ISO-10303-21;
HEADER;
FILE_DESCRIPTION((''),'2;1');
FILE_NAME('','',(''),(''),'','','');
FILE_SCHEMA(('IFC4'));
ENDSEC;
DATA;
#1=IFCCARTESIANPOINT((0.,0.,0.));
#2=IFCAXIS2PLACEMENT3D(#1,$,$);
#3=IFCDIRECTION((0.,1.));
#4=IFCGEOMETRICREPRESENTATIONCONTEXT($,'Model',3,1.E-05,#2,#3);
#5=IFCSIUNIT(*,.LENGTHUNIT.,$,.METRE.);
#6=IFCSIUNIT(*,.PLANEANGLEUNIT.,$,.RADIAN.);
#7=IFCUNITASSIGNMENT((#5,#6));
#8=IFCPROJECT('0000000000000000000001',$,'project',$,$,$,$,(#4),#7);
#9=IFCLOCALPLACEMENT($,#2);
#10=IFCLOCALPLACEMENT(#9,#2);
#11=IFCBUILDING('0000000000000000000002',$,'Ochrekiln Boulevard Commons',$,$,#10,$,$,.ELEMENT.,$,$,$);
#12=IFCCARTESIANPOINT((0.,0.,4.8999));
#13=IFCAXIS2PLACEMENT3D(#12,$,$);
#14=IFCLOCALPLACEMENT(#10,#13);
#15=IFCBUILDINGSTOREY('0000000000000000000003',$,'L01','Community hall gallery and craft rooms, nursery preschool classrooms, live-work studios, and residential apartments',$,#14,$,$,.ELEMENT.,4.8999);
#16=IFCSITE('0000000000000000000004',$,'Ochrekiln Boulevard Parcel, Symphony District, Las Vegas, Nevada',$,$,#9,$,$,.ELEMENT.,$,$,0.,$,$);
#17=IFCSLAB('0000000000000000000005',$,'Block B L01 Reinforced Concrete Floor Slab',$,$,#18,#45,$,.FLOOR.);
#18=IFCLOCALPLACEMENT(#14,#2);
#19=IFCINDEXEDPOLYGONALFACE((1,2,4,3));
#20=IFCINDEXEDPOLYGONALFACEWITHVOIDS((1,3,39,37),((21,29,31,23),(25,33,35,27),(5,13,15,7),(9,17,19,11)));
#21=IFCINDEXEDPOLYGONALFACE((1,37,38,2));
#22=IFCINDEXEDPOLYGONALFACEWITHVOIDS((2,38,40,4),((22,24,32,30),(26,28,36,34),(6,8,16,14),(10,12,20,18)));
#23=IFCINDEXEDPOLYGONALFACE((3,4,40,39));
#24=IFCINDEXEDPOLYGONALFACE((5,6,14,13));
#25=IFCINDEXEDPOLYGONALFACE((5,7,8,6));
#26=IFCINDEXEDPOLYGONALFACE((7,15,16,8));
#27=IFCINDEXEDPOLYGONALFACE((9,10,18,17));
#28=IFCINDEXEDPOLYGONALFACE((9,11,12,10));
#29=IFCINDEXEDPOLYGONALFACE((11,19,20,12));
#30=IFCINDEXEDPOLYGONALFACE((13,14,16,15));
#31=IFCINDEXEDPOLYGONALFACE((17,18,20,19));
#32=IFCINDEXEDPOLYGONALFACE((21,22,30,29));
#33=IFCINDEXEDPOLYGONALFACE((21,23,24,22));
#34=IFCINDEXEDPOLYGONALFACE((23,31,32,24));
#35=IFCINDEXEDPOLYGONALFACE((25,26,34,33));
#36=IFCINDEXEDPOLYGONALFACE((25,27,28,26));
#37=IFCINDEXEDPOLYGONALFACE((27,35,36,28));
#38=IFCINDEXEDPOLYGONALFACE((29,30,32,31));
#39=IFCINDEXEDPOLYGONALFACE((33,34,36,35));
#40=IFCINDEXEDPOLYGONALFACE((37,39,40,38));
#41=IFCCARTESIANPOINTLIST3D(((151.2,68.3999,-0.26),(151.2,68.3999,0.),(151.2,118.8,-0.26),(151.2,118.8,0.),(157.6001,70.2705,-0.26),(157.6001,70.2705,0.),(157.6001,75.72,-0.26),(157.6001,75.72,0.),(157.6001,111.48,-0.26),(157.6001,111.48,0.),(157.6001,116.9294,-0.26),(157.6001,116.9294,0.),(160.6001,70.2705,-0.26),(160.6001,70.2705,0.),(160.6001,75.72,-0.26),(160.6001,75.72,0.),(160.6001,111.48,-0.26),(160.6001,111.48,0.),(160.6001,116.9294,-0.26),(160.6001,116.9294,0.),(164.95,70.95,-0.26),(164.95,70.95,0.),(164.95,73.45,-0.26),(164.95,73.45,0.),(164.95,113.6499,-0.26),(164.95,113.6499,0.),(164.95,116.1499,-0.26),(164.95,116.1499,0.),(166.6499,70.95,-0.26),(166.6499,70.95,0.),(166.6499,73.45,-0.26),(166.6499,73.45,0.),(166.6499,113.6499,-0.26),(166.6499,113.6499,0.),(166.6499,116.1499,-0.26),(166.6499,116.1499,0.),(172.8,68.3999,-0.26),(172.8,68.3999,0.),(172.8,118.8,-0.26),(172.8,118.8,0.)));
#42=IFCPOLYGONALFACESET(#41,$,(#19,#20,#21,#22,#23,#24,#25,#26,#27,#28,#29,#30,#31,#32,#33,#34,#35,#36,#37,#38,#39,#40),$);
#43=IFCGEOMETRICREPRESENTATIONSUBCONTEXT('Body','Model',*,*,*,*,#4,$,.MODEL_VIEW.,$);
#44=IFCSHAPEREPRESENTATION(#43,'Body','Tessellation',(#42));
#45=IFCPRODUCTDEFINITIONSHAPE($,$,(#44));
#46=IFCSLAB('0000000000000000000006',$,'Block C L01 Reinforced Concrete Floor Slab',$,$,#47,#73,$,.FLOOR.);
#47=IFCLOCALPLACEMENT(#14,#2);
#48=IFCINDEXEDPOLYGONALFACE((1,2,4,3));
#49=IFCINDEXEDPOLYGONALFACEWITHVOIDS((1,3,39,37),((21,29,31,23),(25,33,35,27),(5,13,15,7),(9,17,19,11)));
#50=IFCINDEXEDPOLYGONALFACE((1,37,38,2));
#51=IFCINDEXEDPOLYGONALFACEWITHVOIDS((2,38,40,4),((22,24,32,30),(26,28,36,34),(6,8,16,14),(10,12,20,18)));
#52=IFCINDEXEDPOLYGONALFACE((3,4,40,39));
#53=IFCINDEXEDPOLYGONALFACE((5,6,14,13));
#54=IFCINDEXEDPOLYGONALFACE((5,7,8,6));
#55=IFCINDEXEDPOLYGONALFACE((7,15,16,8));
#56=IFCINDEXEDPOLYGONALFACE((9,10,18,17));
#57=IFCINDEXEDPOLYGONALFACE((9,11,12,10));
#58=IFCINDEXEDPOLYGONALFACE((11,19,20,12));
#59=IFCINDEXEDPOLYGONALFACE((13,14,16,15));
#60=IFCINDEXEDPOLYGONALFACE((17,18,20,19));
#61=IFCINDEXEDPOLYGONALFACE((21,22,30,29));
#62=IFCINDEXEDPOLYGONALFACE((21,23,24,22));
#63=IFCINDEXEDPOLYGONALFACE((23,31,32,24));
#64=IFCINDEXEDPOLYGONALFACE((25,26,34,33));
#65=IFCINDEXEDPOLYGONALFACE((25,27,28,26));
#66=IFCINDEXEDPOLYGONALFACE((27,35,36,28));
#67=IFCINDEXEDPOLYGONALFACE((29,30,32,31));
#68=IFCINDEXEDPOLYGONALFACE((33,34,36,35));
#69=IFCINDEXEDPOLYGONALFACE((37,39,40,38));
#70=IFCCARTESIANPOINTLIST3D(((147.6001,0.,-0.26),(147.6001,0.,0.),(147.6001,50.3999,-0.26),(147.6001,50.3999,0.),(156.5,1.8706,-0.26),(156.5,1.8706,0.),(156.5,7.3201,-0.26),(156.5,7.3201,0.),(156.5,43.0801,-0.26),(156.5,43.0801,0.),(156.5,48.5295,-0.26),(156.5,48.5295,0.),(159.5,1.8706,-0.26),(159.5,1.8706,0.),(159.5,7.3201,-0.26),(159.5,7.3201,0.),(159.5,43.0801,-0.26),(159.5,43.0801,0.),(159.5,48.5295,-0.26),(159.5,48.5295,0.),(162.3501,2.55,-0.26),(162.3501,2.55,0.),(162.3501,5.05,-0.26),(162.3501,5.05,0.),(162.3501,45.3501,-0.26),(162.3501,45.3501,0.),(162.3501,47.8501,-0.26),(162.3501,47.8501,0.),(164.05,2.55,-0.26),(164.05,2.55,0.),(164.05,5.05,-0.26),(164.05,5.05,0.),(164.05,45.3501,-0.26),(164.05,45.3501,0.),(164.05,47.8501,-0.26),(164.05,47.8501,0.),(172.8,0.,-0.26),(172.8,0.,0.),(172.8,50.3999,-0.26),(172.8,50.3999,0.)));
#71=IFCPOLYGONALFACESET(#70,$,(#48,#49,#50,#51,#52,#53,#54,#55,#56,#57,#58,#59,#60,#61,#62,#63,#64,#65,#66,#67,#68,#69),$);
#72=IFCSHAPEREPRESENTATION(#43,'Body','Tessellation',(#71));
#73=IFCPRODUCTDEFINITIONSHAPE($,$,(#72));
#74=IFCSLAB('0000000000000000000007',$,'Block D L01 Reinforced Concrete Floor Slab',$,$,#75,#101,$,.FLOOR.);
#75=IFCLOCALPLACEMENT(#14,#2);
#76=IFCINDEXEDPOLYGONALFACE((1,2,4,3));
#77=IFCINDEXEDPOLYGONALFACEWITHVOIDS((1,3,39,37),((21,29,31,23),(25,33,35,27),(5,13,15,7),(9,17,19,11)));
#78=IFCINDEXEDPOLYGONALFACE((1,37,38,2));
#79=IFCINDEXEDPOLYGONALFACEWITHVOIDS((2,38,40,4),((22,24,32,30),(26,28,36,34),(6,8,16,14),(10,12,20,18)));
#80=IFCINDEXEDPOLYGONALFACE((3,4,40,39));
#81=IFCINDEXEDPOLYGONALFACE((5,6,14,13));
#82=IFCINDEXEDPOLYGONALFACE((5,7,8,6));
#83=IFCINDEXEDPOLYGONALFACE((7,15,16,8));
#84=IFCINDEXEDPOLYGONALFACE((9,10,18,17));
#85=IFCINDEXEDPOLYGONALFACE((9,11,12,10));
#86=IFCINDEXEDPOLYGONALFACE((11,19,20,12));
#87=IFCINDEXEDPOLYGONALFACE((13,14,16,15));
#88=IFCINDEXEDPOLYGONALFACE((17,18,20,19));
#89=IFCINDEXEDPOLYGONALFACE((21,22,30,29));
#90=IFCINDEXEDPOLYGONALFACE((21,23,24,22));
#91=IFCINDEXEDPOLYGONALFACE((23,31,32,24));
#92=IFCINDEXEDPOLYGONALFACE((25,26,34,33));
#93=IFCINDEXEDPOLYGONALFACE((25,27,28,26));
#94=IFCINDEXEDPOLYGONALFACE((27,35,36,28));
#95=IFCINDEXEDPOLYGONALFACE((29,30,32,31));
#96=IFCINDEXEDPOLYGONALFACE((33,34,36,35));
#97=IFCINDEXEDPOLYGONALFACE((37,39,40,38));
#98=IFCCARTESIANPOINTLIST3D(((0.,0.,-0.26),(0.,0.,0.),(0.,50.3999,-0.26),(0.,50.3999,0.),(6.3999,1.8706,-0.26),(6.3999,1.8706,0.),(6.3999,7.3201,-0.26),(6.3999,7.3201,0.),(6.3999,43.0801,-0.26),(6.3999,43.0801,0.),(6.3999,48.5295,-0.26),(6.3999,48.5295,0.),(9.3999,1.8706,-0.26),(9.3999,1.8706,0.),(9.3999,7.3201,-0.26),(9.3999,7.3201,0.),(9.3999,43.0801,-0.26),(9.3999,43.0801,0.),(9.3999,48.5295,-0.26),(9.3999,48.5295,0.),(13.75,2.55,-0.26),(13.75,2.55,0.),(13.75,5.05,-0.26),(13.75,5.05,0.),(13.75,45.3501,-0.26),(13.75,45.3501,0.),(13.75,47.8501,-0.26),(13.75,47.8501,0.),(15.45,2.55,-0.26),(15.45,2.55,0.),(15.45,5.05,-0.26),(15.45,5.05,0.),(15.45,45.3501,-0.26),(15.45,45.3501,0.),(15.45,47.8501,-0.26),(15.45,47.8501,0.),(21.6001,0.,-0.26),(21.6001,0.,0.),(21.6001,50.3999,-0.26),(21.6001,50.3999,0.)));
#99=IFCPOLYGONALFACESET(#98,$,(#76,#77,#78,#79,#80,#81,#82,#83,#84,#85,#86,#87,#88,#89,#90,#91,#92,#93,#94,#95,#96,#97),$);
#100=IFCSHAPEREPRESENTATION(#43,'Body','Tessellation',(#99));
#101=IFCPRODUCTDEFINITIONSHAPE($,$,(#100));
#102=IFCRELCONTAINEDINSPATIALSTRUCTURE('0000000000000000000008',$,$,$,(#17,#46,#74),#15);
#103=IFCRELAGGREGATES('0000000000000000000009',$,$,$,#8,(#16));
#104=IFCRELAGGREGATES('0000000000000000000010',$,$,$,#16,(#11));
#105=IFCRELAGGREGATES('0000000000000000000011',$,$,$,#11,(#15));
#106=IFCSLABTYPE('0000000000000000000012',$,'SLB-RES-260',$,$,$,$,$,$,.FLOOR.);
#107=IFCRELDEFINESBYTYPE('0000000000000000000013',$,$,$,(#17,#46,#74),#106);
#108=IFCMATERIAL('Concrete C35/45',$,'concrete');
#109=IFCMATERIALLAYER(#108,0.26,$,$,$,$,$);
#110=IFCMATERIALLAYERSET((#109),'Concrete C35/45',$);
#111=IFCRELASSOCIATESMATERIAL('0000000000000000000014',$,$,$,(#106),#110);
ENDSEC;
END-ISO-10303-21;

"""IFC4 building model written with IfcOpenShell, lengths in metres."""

from ifc_helpers import new_model, si_unit, direction, frame, origin, place, context, subcontext, project, spatial, polyline, outline, extrude, material, layer, layer_set, type_object, element, save


model = new_model("IFC4")

# Units and contexts
model_context = context("Model", 3, precision=1e-05, world=origin(), true_north=direction((0.0, 1.0)))
body_context = subcontext(model_context, "Body", "Model", "MODEL_VIEW")
ifc_project = project(units=[si_unit("LENGTHUNIT", "METRE"), si_unit("PLANEANGLEUNIT", "RADIAN")], contexts=[model_context])

# Site, building, storey
site_placement = place(None, origin())
site = spatial("IfcSite", under=ifc_project, at=site_placement, Name="Ochrekiln Boulevard Parcel, Symphony District, Las Vegas, Nevada", CompositionType="ELEMENT", RefElevation=0.0)
building_placement = place(site_placement, origin())
building = spatial("IfcBuilding", under=site, at=building_placement, Name="Ochrekiln Boulevard Commons", CompositionType="ELEMENT")
storey_placement = place(building_placement, frame((0.0, 0.0, 4.8999)))
storey = spatial("IfcBuildingStorey", under=building, at=storey_placement, Name="L01", Description="Community hall gallery and craft rooms, nursery preschool classrooms, live-work studios, and residential apartments", CompositionType="ELEMENT", Elevation=4.8999)

# Shared definitions
ifc_material = material(Name="Concrete C35/45", Category="concrete")

# Slabs
ifc_layer_1 = layer(ifc_material, 0.26)
ifc_layer_set_1 = layer_set([ifc_layer_1], Name="Concrete C35/45")
slab_type_1 = type_object("IfcSlabType", Name="SLB-RES-260", PredefinedType="FLOOR", material=ifc_layer_set_1)
slab_1_placement = place(storey_placement, frame((0.0, 0.0, -0.26)))
element("IfcSlab", 1, at=slab_1_placement, inside=storey, type_object=slab_type_1, Name="Block B L01 Reinforced Concrete Floor Slab", PredefinedType="FLOOR", context=body_context, shape_type="SweptSolid", body=[
    extrude(outline(polyline([(151.2, 68.3999), (172.8, 68.3999), (172.8, 118.8), (151.2, 118.8), (151.2, 68.3999)]), holes=[polyline([(160.6001, 70.2705), (160.6001, 75.72), (157.6001, 75.72), (157.6001, 70.2705), (160.6001, 70.2705)]), polyline([(157.6001, 116.9294), (157.6001, 111.48), (160.6001, 111.48), (160.6001, 116.9294), (157.6001, 116.9294)]), polyline([(164.95, 70.95), (166.6499, 70.95), (166.6499, 73.45), (164.95, 73.45), (164.95, 70.95)]), polyline([(164.95, 113.6499), (166.6499, 113.6499), (166.6499, 116.1499), (164.95, 116.1499), (164.95, 113.6499)])]), origin(), (0.0, 0.0, 1.0), 0.26),
])
slab_2_placement = place(storey_placement, frame((0.0, 0.0, -0.26)))
element("IfcSlab", 2, at=slab_2_placement, inside=storey, type_object=slab_type_1, Name="Block C L01 Reinforced Concrete Floor Slab", PredefinedType="FLOOR", context=body_context, shape_type="SweptSolid", body=[
    extrude(outline(polyline([(147.6001, 0.0), (172.8, 0.0), (172.8, 50.3999), (147.6001, 50.3999), (147.6001, 0.0)]), holes=[polyline([(159.5, 1.8706), (159.5, 7.3201), (156.5, 7.3201), (156.5, 1.8706), (159.5, 1.8706)]), polyline([(156.5, 48.5295), (156.5, 43.0801), (159.5, 43.0801), (159.5, 48.5295), (156.5, 48.5295)]), polyline([(162.3501, 2.55), (164.05, 2.55), (164.05, 5.05), (162.3501, 5.05), (162.3501, 2.55)]), polyline([(162.3501, 45.3501), (164.05, 45.3501), (164.05, 47.8501), (162.3501, 47.8501), (162.3501, 45.3501)])]), origin(), (0.0, 0.0, 1.0), 0.26),
])
slab_3_placement = place(storey_placement, frame((0.0, 0.0, -0.26)))
element("IfcSlab", 3, at=slab_3_placement, inside=storey, type_object=slab_type_1, Name="Block D L01 Reinforced Concrete Floor Slab", PredefinedType="FLOOR", context=body_context, shape_type="SweptSolid", body=[
    extrude(outline(polyline([(0.0, 0.0), (21.6001, 0.0), (21.6001, 50.3999), (0.0, 50.3999), (0.0, 0.0)]), holes=[polyline([(9.3999, 1.8706), (9.3999, 7.3201), (6.3999, 7.3201), (6.3999, 1.8706), (9.3999, 1.8706)]), polyline([(6.3999, 48.5295), (6.3999, 43.0801), (9.3999, 43.0801), (9.3999, 48.5295), (6.3999, 48.5295)]), polyline([(13.75, 2.55), (15.45, 2.55), (15.45, 5.05), (13.75, 5.05), (13.75, 2.55)]), polyline([(13.75, 45.3501), (15.45, 45.3501), (15.45, 47.8501), (13.75, 47.8501), (13.75, 45.3501)])]), origin(), (0.0, 0.0, 1.0), 0.26),
])

save(model, "model.ifc")
